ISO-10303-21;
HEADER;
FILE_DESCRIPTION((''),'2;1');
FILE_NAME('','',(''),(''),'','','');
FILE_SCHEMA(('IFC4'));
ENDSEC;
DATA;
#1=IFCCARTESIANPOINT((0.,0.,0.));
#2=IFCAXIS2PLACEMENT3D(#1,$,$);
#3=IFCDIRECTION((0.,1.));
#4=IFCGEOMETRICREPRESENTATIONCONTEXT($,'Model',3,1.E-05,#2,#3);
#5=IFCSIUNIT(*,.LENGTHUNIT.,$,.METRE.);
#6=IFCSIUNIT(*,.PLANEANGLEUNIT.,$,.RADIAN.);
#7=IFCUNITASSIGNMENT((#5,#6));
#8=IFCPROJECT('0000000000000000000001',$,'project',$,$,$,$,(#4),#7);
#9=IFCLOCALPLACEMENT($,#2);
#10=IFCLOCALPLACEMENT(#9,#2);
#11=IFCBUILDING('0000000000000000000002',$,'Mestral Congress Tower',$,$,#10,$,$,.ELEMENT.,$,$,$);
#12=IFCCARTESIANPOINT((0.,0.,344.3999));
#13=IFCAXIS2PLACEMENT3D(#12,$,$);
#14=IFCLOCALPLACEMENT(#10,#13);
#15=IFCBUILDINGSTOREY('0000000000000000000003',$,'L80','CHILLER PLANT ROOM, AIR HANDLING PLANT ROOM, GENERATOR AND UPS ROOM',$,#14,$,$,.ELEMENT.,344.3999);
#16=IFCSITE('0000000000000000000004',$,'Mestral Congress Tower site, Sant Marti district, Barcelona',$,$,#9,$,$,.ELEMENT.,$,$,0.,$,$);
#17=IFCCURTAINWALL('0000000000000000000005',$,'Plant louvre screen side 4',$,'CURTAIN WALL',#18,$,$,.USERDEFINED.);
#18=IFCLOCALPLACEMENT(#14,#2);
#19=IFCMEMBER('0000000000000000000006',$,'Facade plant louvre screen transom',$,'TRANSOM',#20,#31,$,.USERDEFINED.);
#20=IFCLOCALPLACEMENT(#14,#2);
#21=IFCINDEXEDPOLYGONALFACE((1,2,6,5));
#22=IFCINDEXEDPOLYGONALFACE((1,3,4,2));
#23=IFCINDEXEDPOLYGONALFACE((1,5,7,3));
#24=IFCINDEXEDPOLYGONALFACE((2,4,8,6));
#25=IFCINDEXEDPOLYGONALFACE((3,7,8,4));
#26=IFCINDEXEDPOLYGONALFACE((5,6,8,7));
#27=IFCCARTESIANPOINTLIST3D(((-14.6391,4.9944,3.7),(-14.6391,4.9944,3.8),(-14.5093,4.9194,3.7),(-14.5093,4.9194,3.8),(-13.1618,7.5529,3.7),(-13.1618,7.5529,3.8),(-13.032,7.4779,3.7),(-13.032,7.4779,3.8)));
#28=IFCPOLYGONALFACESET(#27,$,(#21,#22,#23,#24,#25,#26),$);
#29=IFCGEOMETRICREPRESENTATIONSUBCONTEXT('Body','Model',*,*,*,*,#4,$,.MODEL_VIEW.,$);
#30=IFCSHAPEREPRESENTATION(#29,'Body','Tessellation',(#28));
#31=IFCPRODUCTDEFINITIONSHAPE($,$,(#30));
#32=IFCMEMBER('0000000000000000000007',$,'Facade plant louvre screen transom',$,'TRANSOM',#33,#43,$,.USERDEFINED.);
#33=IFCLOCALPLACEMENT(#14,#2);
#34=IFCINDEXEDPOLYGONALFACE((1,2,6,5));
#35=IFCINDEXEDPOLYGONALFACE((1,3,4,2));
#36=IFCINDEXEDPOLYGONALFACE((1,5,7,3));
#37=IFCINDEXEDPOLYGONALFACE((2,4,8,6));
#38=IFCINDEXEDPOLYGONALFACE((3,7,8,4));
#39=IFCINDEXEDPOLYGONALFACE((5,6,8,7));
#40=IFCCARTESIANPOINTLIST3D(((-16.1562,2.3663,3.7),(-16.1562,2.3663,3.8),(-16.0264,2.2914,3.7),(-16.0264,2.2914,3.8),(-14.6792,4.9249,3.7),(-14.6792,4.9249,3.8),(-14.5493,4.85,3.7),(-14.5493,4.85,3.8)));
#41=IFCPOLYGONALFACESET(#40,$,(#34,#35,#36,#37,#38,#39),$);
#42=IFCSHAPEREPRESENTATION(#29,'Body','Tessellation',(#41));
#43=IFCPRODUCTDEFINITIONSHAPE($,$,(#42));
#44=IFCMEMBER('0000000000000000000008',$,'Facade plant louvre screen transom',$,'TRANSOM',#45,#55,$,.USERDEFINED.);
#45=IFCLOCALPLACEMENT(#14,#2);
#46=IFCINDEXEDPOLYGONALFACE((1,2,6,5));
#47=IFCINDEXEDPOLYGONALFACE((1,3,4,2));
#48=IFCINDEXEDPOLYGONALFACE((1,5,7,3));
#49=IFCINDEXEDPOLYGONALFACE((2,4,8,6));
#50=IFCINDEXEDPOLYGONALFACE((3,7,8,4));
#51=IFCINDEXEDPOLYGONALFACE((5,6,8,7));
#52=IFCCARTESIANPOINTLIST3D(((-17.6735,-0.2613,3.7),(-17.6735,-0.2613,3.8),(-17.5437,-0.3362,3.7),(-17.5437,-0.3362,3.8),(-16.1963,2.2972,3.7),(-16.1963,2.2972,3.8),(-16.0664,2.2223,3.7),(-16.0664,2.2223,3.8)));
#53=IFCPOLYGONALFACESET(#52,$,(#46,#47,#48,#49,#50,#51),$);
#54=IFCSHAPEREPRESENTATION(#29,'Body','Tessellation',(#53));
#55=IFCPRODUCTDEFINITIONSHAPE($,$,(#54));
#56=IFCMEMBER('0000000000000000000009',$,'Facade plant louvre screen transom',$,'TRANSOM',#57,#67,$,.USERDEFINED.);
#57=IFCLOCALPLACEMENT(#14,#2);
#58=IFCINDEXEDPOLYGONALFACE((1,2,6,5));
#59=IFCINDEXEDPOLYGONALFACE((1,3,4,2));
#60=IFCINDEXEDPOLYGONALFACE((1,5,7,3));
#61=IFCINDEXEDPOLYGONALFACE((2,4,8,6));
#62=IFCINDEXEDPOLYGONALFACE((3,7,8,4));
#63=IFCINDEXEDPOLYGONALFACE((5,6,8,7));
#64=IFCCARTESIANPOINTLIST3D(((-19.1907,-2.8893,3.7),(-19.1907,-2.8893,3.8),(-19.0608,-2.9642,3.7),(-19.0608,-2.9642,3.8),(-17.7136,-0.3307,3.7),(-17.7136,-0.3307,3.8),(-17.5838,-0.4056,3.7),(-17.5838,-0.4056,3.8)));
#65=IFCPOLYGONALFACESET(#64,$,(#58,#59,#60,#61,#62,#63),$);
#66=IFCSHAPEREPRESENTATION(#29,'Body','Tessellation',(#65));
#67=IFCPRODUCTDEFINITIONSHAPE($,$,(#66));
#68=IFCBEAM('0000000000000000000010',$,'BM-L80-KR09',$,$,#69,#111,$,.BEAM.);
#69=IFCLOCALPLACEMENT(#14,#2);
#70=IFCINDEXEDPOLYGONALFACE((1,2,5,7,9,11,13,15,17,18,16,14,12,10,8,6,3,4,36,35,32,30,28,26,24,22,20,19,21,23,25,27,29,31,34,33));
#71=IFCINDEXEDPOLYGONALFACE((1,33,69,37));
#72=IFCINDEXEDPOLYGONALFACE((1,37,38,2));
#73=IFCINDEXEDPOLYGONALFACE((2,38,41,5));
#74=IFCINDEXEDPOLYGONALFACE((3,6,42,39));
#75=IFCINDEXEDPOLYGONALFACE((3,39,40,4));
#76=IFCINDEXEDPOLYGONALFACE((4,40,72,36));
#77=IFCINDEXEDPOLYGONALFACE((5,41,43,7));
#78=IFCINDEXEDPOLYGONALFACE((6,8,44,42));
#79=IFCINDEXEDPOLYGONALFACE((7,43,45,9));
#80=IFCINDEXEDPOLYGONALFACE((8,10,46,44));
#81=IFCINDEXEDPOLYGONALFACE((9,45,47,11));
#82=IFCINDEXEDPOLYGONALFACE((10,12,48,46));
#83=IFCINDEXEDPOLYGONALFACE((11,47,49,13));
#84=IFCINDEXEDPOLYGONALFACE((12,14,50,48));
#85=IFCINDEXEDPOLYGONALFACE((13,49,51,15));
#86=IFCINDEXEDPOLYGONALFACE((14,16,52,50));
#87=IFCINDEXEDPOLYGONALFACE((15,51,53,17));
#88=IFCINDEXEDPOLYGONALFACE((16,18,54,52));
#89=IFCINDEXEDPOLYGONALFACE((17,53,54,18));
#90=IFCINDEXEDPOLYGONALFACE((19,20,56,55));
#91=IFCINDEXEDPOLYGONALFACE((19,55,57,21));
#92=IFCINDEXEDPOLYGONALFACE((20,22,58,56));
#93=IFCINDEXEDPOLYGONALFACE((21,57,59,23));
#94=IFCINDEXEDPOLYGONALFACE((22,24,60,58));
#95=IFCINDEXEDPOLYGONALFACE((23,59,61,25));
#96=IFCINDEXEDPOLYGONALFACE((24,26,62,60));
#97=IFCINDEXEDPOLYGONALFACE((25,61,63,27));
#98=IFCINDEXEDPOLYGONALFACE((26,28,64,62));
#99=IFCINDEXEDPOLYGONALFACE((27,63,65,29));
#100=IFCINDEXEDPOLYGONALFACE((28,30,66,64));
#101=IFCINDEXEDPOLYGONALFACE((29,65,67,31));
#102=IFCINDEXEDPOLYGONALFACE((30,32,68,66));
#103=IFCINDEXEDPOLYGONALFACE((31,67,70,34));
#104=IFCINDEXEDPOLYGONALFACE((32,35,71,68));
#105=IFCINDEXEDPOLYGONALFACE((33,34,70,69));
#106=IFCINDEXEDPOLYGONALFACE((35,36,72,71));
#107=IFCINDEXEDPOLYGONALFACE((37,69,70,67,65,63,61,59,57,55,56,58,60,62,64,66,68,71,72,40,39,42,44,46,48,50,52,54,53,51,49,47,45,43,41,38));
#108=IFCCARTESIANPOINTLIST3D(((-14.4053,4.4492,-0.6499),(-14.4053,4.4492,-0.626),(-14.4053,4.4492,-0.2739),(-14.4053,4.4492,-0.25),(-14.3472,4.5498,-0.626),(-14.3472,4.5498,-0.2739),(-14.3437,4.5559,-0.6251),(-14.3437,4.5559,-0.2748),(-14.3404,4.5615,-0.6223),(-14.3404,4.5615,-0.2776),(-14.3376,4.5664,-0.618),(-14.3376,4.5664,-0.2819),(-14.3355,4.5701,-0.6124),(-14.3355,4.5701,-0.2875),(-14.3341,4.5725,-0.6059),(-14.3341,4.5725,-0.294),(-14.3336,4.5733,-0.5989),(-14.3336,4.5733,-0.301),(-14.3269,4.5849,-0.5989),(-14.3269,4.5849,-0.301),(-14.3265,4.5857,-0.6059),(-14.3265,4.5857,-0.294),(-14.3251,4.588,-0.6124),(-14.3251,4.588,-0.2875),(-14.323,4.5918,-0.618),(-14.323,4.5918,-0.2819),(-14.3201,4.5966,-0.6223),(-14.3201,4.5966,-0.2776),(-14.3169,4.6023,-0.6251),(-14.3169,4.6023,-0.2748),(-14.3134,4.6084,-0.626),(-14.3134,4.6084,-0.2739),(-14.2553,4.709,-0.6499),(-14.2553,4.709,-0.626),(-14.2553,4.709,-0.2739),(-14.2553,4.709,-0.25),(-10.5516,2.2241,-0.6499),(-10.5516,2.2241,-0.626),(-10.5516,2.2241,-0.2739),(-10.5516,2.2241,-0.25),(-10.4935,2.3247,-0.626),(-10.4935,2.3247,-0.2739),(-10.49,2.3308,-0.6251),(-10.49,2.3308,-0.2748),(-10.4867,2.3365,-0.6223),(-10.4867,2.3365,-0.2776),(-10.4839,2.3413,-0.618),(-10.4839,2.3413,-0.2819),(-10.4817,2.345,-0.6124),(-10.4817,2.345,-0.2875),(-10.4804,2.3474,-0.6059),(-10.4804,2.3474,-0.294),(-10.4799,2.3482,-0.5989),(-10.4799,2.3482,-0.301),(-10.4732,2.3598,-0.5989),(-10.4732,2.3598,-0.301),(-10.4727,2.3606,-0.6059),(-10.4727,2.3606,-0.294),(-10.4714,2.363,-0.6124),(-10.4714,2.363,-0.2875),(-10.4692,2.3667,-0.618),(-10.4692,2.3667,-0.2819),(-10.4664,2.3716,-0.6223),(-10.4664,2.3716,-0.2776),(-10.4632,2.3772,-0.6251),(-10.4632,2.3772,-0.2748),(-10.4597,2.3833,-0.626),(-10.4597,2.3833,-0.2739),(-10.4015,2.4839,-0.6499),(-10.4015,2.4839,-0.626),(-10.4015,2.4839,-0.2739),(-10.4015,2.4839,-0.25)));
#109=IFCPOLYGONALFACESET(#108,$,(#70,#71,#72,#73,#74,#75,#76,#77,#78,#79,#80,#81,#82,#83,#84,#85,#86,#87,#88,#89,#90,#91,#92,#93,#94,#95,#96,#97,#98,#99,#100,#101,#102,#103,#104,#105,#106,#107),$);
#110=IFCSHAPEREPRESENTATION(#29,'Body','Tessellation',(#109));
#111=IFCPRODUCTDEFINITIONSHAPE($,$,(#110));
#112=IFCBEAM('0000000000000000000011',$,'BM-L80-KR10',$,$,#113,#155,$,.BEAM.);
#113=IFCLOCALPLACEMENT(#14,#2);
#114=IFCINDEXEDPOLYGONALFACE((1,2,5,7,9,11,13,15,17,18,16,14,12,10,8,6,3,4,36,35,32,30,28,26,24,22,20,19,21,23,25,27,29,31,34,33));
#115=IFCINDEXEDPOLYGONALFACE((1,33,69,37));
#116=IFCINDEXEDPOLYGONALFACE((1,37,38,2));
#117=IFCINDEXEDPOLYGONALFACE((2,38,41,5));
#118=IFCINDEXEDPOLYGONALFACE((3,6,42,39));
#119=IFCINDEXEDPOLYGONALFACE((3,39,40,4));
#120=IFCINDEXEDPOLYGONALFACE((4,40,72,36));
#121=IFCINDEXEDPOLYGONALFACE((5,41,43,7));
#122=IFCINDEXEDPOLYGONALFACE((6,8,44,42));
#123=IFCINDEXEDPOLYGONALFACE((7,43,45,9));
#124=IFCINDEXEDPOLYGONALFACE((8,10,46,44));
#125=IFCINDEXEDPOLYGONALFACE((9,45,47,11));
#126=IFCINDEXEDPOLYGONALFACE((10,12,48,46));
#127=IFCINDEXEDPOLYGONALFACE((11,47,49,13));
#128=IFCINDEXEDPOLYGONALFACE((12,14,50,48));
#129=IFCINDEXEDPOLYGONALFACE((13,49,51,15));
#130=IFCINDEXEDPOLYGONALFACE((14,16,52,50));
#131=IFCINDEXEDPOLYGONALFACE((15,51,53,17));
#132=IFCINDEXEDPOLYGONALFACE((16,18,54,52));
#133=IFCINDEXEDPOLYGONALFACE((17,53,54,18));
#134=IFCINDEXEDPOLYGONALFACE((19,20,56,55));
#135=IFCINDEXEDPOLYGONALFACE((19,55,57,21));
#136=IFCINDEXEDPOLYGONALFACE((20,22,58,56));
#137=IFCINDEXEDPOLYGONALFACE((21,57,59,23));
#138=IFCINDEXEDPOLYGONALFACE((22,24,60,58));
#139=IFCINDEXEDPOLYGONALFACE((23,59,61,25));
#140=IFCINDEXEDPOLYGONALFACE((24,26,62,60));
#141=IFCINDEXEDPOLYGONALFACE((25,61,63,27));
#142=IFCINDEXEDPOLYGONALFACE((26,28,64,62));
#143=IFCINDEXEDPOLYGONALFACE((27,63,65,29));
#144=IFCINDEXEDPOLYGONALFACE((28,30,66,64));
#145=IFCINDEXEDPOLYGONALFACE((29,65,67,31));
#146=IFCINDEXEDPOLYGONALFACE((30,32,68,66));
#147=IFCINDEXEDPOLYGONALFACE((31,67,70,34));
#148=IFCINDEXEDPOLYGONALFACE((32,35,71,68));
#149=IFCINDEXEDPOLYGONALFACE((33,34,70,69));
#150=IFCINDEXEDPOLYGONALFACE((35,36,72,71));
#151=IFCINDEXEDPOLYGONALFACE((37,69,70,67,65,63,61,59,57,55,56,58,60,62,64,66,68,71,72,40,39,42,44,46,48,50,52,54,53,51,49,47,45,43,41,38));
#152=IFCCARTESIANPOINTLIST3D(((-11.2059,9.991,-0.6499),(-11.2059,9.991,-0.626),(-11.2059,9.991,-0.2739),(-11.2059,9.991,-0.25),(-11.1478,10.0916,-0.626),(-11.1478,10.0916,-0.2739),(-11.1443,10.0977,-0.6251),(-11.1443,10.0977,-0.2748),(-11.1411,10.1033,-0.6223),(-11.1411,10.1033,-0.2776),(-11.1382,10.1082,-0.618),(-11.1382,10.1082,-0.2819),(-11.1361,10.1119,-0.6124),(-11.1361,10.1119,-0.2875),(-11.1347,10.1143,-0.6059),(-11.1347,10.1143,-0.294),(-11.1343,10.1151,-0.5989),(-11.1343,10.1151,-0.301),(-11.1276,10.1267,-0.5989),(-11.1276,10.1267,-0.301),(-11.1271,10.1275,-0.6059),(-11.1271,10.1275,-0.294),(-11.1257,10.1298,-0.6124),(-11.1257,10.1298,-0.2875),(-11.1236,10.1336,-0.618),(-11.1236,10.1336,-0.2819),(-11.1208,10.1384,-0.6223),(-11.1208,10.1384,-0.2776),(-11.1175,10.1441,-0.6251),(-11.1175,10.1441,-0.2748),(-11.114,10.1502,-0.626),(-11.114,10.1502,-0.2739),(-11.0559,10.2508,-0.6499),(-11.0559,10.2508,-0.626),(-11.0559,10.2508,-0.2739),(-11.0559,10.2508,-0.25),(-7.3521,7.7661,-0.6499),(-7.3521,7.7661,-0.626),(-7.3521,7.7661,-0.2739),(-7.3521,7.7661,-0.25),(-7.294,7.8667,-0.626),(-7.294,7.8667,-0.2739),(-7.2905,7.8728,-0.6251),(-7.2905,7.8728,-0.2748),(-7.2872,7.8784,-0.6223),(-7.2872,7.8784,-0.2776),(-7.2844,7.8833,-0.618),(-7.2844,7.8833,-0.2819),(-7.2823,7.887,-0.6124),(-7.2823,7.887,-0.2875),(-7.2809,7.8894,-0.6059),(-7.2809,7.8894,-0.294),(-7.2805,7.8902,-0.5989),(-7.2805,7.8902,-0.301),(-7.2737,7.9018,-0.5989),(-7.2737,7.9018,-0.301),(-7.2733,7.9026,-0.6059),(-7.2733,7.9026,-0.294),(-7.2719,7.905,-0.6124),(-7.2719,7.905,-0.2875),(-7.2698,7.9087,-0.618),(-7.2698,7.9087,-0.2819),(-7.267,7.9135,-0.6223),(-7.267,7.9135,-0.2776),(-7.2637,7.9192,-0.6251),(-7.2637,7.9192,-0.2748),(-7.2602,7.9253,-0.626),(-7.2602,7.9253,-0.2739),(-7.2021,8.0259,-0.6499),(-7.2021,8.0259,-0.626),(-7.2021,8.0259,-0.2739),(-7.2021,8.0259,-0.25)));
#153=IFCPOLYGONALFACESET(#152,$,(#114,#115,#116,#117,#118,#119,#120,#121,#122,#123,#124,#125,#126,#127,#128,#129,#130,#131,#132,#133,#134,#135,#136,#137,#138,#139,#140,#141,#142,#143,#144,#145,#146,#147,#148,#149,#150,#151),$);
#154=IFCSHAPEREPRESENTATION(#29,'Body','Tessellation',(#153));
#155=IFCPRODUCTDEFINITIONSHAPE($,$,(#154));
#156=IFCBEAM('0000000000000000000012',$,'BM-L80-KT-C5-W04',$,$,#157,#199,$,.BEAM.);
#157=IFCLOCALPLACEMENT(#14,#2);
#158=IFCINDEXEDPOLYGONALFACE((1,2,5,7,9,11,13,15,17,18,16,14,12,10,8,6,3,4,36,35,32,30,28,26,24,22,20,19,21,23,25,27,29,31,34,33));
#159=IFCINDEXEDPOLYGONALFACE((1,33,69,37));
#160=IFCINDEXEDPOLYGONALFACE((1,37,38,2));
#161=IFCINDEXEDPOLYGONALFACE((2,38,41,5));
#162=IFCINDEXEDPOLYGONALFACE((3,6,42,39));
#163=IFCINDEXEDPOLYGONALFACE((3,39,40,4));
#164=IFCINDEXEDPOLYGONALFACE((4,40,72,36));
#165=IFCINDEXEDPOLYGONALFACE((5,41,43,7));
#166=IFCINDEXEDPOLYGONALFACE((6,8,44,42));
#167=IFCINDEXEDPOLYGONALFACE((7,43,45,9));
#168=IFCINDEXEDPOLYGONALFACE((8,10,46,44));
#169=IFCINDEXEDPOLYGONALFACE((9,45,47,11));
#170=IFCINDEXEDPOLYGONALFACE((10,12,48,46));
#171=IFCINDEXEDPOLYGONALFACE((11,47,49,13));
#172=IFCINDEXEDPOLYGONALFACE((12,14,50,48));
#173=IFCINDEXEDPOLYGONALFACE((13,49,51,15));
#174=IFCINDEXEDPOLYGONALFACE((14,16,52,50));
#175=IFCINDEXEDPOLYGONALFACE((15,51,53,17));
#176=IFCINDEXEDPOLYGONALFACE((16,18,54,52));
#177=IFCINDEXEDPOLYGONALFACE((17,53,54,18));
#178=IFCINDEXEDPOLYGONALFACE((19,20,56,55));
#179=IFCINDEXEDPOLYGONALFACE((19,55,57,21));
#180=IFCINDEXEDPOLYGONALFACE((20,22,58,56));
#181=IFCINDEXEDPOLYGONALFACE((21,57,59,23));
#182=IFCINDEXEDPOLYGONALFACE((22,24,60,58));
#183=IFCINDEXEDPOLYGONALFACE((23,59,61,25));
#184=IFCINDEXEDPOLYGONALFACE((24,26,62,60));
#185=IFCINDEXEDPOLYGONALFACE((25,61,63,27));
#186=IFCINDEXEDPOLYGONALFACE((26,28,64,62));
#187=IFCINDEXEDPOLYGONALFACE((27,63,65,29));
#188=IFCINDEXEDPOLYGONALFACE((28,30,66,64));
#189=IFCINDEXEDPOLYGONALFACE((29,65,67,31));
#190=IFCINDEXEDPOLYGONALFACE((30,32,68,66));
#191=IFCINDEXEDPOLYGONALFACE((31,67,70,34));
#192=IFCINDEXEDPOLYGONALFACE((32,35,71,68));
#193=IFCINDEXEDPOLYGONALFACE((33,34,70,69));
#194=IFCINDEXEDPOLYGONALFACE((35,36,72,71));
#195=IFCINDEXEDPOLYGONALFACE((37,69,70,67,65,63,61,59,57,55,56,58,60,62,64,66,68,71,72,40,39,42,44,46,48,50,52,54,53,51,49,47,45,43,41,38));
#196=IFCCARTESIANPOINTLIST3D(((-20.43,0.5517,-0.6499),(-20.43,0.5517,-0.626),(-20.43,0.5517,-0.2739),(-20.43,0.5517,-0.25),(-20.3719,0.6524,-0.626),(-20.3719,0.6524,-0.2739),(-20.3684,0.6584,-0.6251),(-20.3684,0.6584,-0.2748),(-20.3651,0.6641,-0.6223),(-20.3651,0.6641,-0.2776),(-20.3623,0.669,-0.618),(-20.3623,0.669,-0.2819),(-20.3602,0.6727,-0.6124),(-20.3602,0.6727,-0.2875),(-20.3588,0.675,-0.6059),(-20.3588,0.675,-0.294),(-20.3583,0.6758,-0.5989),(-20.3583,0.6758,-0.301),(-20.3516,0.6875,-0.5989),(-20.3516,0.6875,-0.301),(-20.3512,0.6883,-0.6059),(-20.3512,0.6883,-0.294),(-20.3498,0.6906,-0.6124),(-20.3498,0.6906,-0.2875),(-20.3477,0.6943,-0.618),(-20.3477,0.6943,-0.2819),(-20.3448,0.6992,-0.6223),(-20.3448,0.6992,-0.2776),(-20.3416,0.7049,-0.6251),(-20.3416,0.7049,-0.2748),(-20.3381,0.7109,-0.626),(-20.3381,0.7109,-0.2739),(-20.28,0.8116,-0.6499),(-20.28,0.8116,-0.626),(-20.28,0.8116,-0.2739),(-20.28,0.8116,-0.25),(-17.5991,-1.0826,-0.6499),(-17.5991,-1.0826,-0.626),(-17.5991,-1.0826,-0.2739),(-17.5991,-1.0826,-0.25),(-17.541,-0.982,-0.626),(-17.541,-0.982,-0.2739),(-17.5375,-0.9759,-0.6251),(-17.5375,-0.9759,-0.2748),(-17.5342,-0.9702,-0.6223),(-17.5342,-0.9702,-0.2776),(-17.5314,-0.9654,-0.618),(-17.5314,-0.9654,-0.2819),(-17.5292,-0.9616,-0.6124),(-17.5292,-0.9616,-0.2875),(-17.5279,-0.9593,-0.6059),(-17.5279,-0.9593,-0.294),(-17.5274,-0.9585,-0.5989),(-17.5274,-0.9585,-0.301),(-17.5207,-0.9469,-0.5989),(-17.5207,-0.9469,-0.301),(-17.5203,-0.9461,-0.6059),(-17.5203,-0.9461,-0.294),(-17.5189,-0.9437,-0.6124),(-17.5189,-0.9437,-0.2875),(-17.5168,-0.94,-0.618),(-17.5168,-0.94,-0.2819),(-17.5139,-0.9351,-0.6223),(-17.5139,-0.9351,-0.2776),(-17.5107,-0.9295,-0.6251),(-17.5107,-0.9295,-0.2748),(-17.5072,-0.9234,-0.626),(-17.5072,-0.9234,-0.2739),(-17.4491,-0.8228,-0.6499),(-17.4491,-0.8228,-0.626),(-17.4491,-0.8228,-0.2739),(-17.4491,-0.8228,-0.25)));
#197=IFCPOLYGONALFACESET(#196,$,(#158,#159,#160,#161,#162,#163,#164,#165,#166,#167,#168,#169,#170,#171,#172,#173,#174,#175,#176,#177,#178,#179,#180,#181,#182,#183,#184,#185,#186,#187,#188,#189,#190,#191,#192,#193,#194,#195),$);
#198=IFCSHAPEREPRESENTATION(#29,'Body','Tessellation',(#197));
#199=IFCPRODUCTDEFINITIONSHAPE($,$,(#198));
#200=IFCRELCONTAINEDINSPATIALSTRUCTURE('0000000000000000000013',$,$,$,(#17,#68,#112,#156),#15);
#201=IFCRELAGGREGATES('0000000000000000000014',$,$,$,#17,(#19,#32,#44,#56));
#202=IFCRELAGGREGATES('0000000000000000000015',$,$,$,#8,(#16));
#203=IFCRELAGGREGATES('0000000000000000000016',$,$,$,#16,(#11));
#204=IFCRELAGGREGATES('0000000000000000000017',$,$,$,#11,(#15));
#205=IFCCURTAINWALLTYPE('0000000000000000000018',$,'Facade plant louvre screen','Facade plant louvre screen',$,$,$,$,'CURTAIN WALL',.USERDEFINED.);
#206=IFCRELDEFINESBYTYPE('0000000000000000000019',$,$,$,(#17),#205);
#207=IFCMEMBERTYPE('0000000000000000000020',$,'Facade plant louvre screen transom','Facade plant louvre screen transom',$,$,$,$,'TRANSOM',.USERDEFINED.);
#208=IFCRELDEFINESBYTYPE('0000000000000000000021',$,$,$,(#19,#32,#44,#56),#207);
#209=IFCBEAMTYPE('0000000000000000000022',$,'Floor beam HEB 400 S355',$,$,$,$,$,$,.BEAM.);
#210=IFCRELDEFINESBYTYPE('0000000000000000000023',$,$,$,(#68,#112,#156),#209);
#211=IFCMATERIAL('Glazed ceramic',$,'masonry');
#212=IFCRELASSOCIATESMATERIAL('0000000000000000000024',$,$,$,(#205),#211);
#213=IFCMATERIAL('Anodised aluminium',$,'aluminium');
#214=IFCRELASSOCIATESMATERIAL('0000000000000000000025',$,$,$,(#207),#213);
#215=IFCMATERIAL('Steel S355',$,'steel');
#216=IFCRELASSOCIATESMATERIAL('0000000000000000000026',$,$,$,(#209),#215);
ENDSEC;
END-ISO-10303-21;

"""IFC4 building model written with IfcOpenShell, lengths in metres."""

from ifc_helpers import new_model, si_unit, direction, frame, origin, origin_2d, place, context, subcontext, project, spatial, rectangle, i_section, extrude, material, material_profile, profile_set, type_object, element, aggregate, save


model = new_model("IFC4")

# Units and contexts
model_context = context("Model", 3, precision=1e-05, world=origin(), true_north=direction((0.0, 1.0)))
body_context = subcontext(model_context, "Body", "Model", "MODEL_VIEW")
ifc_project = project(units=[si_unit("LENGTHUNIT", "METRE"), si_unit("PLANEANGLEUNIT", "RADIAN")], contexts=[model_context])

# Site, building, storey
site_placement = place(None, origin())
site = spatial("IfcSite", under=ifc_project, at=site_placement, Name="Mestral Congress Tower site, Sant Marti district, Barcelona", CompositionType="ELEMENT", RefElevation=0.0)
building_placement = place(site_placement, origin())
building = spatial("IfcBuilding", under=site, at=building_placement, Name="Mestral Congress Tower", CompositionType="ELEMENT")
storey_placement = place(building_placement, frame((0.0, 0.0, 344.3999)))
storey = spatial("IfcBuildingStorey", under=building, at=storey_placement, Name="L80", Description="CHILLER PLANT ROOM, AIR HANDLING PLANT ROOM, GENERATOR AND UPS ROOM", CompositionType="ELEMENT", Elevation=344.3999)

# Shared definitions
ifc_material_1 = material(Name="Steel S355", Category="steel")

# Curtain wall, members
ifc_material_2 = material(Name="Glazed ceramic", Category="masonry")
curtain_wall_type = type_object("IfcCurtainWallType", Name="Facade plant louvre screen", Description="Facade plant louvre screen", ElementType="CURTAIN WALL", PredefinedType="USERDEFINED", material=ifc_material_2)
curtain_wall_placement = place(storey_placement, origin())
curtain_wall = element("IfcCurtainWall", 1, at=curtain_wall_placement, inside=storey, type_object=curtain_wall_type, Name="Plant louvre screen side 4", ObjectType="CURTAIN WALL", PredefinedType="USERDEFINED")
ifc_material_3 = material(Name="Anodised aluminium", Category="aluminium")
ifc_material_profile_1 = material_profile(ifc_material_3, rectangle(XDim=0.1499, YDim=0.1001, at=origin_2d()), Name="CW6 transom 150 x 100")
ifc_profile_set_1 = profile_set([ifc_material_profile_1], Name="Anodised aluminium")
member_type_1 = type_object("IfcMemberType", Name="Facade plant louvre screen transom", Description="Facade plant louvre screen transom", ElementType="TRANSOM", PredefinedType="USERDEFINED", material=ifc_profile_set_1)
member_1_placement = place(storey_placement, frame((-13.0969, 7.5154, 3.75), z_axis=(-0.500023, -0.866012, 0.0), x_axis=(0.866012, -0.500023, 0.0)))
member_1 = element("IfcMember", 2, at=member_1_placement, type_object=member_type_1, Name="Facade plant louvre screen transom", ObjectType="TRANSOM", PredefinedType="USERDEFINED", context=body_context, shape_type="SweptSolid", body=[
    extrude(rectangle(XDim=0.1499, YDim=0.1001, at=origin_2d()), origin(), (0.0, 0.0, 1.0), 2.9543),
])
member_2_placement = place(storey_placement, frame((-14.6143, 4.8875, 3.75), z_axis=(-0.499961, -0.866048, 0.0), x_axis=(0.866048, -0.499961, 0.0)))
member_2 = element("IfcMember", 3, at=member_2_placement, type_object=member_type_1, Name="Facade plant louvre screen transom", ObjectType="TRANSOM", PredefinedType="USERDEFINED", context=body_context, shape_type="SweptSolid", body=[
    extrude(rectangle(XDim=0.1499, YDim=0.1001, at=origin_2d()), origin(), (0.0, 0.0, 1.0), 2.9543),
])
member_3_placement = place(storey_placement, frame((-16.1313, 2.2598, 3.75), z_axis=(-0.500023, -0.866012, 0.0), x_axis=(0.866012, -0.500023, 0.0)))
member_3 = element("IfcMember", 4, at=member_3_placement, type_object=member_type_1, Name="Facade plant louvre screen transom", ObjectType="TRANSOM", PredefinedType="USERDEFINED", context=body_context, shape_type="SweptSolid", body=[
    extrude(rectangle(XDim=0.1499, YDim=0.1001, at=origin_2d()), origin(), (0.0, 0.0, 1.0), 2.9543),
])
member_4_placement = place(storey_placement, frame((-17.6487, -0.3682, 3.75), z_axis=(-0.499961, -0.866048, 0.0), x_axis=(0.866048, -0.499961, 0.0)))
member_4 = element("IfcMember", 5, at=member_4_placement, type_object=member_type_1, Name="Facade plant louvre screen transom", ObjectType="TRANSOM", PredefinedType="USERDEFINED", context=body_context, shape_type="SweptSolid", body=[
    extrude(rectangle(XDim=0.1499, YDim=0.1001, at=origin_2d()), origin(), (0.0, 0.0, 1.0), 2.9543),
])

# Beams
ifc_material_profile_2 = material_profile(ifc_material_1, i_section(OverallWidth=0.3, OverallDepth=0.3999, WebThickness=0.0134, FlangeThickness=0.0239, FilletRadius=0.0271, at=origin_2d()), Name="HEB 400")
ifc_profile_set_2 = profile_set([ifc_material_profile_2], Name="Steel S355")
beam_type_1 = type_object("IfcBeamType", Name="Floor beam HEB 400 S355", PredefinedType="BEAM", material=ifc_profile_set_2)
for number, where, z_axis, x_axis, name in (
    (6, (-10.4766, 2.354, -0.45), (-0.866013, 0.500022, 0.0), (-0.500022, -0.866013, 0.0), "BM-L80-KR09"),
    (7, (-7.2771, 7.896, -0.45), (-0.866037, 0.49998, 0.0), (-0.49998, -0.866037, 0.0), "BM-L80-KR10"),
):
    element("IfcBeam", number, at=place(storey_placement, frame(where, z_axis=z_axis, x_axis=x_axis)), inside=storey, type_object=beam_type_1, Name=name, PredefinedType="BEAM", context=body_context, shape_type="SweptSolid", body=[
        extrude(i_section(OverallWidth=0.3, OverallDepth=0.3999, WebThickness=0.0134, FlangeThickness=0.0239, FilletRadius=0.0271, at=origin_2d()), origin(), (0.0, 0.0, 1.0), 4.45),
    ])
beam_1_placement = place(storey_placement, frame((-20.355, 0.6816, -0.45), z_axis=(0.866038, -0.499979, 0.0), x_axis=(0.499979, 0.866038, 0.0)))
element("IfcBeam", 8, at=beam_1_placement, inside=storey, type_object=beam_type_1, Name="BM-L80-KT-C5-W04", PredefinedType="BEAM", context=body_context, shape_type="SweptSolid", body=[
    extrude(i_section(OverallWidth=0.3, OverallDepth=0.3999, WebThickness=0.0134, FlangeThickness=0.0239, FilletRadius=0.0271, at=origin_2d()), origin(), (0.0, 0.0, 1.0), 3.2688),
])

aggregate(curtain_wall, [member_1, member_2, member_3, member_4])

save(model, "model.ifc")
